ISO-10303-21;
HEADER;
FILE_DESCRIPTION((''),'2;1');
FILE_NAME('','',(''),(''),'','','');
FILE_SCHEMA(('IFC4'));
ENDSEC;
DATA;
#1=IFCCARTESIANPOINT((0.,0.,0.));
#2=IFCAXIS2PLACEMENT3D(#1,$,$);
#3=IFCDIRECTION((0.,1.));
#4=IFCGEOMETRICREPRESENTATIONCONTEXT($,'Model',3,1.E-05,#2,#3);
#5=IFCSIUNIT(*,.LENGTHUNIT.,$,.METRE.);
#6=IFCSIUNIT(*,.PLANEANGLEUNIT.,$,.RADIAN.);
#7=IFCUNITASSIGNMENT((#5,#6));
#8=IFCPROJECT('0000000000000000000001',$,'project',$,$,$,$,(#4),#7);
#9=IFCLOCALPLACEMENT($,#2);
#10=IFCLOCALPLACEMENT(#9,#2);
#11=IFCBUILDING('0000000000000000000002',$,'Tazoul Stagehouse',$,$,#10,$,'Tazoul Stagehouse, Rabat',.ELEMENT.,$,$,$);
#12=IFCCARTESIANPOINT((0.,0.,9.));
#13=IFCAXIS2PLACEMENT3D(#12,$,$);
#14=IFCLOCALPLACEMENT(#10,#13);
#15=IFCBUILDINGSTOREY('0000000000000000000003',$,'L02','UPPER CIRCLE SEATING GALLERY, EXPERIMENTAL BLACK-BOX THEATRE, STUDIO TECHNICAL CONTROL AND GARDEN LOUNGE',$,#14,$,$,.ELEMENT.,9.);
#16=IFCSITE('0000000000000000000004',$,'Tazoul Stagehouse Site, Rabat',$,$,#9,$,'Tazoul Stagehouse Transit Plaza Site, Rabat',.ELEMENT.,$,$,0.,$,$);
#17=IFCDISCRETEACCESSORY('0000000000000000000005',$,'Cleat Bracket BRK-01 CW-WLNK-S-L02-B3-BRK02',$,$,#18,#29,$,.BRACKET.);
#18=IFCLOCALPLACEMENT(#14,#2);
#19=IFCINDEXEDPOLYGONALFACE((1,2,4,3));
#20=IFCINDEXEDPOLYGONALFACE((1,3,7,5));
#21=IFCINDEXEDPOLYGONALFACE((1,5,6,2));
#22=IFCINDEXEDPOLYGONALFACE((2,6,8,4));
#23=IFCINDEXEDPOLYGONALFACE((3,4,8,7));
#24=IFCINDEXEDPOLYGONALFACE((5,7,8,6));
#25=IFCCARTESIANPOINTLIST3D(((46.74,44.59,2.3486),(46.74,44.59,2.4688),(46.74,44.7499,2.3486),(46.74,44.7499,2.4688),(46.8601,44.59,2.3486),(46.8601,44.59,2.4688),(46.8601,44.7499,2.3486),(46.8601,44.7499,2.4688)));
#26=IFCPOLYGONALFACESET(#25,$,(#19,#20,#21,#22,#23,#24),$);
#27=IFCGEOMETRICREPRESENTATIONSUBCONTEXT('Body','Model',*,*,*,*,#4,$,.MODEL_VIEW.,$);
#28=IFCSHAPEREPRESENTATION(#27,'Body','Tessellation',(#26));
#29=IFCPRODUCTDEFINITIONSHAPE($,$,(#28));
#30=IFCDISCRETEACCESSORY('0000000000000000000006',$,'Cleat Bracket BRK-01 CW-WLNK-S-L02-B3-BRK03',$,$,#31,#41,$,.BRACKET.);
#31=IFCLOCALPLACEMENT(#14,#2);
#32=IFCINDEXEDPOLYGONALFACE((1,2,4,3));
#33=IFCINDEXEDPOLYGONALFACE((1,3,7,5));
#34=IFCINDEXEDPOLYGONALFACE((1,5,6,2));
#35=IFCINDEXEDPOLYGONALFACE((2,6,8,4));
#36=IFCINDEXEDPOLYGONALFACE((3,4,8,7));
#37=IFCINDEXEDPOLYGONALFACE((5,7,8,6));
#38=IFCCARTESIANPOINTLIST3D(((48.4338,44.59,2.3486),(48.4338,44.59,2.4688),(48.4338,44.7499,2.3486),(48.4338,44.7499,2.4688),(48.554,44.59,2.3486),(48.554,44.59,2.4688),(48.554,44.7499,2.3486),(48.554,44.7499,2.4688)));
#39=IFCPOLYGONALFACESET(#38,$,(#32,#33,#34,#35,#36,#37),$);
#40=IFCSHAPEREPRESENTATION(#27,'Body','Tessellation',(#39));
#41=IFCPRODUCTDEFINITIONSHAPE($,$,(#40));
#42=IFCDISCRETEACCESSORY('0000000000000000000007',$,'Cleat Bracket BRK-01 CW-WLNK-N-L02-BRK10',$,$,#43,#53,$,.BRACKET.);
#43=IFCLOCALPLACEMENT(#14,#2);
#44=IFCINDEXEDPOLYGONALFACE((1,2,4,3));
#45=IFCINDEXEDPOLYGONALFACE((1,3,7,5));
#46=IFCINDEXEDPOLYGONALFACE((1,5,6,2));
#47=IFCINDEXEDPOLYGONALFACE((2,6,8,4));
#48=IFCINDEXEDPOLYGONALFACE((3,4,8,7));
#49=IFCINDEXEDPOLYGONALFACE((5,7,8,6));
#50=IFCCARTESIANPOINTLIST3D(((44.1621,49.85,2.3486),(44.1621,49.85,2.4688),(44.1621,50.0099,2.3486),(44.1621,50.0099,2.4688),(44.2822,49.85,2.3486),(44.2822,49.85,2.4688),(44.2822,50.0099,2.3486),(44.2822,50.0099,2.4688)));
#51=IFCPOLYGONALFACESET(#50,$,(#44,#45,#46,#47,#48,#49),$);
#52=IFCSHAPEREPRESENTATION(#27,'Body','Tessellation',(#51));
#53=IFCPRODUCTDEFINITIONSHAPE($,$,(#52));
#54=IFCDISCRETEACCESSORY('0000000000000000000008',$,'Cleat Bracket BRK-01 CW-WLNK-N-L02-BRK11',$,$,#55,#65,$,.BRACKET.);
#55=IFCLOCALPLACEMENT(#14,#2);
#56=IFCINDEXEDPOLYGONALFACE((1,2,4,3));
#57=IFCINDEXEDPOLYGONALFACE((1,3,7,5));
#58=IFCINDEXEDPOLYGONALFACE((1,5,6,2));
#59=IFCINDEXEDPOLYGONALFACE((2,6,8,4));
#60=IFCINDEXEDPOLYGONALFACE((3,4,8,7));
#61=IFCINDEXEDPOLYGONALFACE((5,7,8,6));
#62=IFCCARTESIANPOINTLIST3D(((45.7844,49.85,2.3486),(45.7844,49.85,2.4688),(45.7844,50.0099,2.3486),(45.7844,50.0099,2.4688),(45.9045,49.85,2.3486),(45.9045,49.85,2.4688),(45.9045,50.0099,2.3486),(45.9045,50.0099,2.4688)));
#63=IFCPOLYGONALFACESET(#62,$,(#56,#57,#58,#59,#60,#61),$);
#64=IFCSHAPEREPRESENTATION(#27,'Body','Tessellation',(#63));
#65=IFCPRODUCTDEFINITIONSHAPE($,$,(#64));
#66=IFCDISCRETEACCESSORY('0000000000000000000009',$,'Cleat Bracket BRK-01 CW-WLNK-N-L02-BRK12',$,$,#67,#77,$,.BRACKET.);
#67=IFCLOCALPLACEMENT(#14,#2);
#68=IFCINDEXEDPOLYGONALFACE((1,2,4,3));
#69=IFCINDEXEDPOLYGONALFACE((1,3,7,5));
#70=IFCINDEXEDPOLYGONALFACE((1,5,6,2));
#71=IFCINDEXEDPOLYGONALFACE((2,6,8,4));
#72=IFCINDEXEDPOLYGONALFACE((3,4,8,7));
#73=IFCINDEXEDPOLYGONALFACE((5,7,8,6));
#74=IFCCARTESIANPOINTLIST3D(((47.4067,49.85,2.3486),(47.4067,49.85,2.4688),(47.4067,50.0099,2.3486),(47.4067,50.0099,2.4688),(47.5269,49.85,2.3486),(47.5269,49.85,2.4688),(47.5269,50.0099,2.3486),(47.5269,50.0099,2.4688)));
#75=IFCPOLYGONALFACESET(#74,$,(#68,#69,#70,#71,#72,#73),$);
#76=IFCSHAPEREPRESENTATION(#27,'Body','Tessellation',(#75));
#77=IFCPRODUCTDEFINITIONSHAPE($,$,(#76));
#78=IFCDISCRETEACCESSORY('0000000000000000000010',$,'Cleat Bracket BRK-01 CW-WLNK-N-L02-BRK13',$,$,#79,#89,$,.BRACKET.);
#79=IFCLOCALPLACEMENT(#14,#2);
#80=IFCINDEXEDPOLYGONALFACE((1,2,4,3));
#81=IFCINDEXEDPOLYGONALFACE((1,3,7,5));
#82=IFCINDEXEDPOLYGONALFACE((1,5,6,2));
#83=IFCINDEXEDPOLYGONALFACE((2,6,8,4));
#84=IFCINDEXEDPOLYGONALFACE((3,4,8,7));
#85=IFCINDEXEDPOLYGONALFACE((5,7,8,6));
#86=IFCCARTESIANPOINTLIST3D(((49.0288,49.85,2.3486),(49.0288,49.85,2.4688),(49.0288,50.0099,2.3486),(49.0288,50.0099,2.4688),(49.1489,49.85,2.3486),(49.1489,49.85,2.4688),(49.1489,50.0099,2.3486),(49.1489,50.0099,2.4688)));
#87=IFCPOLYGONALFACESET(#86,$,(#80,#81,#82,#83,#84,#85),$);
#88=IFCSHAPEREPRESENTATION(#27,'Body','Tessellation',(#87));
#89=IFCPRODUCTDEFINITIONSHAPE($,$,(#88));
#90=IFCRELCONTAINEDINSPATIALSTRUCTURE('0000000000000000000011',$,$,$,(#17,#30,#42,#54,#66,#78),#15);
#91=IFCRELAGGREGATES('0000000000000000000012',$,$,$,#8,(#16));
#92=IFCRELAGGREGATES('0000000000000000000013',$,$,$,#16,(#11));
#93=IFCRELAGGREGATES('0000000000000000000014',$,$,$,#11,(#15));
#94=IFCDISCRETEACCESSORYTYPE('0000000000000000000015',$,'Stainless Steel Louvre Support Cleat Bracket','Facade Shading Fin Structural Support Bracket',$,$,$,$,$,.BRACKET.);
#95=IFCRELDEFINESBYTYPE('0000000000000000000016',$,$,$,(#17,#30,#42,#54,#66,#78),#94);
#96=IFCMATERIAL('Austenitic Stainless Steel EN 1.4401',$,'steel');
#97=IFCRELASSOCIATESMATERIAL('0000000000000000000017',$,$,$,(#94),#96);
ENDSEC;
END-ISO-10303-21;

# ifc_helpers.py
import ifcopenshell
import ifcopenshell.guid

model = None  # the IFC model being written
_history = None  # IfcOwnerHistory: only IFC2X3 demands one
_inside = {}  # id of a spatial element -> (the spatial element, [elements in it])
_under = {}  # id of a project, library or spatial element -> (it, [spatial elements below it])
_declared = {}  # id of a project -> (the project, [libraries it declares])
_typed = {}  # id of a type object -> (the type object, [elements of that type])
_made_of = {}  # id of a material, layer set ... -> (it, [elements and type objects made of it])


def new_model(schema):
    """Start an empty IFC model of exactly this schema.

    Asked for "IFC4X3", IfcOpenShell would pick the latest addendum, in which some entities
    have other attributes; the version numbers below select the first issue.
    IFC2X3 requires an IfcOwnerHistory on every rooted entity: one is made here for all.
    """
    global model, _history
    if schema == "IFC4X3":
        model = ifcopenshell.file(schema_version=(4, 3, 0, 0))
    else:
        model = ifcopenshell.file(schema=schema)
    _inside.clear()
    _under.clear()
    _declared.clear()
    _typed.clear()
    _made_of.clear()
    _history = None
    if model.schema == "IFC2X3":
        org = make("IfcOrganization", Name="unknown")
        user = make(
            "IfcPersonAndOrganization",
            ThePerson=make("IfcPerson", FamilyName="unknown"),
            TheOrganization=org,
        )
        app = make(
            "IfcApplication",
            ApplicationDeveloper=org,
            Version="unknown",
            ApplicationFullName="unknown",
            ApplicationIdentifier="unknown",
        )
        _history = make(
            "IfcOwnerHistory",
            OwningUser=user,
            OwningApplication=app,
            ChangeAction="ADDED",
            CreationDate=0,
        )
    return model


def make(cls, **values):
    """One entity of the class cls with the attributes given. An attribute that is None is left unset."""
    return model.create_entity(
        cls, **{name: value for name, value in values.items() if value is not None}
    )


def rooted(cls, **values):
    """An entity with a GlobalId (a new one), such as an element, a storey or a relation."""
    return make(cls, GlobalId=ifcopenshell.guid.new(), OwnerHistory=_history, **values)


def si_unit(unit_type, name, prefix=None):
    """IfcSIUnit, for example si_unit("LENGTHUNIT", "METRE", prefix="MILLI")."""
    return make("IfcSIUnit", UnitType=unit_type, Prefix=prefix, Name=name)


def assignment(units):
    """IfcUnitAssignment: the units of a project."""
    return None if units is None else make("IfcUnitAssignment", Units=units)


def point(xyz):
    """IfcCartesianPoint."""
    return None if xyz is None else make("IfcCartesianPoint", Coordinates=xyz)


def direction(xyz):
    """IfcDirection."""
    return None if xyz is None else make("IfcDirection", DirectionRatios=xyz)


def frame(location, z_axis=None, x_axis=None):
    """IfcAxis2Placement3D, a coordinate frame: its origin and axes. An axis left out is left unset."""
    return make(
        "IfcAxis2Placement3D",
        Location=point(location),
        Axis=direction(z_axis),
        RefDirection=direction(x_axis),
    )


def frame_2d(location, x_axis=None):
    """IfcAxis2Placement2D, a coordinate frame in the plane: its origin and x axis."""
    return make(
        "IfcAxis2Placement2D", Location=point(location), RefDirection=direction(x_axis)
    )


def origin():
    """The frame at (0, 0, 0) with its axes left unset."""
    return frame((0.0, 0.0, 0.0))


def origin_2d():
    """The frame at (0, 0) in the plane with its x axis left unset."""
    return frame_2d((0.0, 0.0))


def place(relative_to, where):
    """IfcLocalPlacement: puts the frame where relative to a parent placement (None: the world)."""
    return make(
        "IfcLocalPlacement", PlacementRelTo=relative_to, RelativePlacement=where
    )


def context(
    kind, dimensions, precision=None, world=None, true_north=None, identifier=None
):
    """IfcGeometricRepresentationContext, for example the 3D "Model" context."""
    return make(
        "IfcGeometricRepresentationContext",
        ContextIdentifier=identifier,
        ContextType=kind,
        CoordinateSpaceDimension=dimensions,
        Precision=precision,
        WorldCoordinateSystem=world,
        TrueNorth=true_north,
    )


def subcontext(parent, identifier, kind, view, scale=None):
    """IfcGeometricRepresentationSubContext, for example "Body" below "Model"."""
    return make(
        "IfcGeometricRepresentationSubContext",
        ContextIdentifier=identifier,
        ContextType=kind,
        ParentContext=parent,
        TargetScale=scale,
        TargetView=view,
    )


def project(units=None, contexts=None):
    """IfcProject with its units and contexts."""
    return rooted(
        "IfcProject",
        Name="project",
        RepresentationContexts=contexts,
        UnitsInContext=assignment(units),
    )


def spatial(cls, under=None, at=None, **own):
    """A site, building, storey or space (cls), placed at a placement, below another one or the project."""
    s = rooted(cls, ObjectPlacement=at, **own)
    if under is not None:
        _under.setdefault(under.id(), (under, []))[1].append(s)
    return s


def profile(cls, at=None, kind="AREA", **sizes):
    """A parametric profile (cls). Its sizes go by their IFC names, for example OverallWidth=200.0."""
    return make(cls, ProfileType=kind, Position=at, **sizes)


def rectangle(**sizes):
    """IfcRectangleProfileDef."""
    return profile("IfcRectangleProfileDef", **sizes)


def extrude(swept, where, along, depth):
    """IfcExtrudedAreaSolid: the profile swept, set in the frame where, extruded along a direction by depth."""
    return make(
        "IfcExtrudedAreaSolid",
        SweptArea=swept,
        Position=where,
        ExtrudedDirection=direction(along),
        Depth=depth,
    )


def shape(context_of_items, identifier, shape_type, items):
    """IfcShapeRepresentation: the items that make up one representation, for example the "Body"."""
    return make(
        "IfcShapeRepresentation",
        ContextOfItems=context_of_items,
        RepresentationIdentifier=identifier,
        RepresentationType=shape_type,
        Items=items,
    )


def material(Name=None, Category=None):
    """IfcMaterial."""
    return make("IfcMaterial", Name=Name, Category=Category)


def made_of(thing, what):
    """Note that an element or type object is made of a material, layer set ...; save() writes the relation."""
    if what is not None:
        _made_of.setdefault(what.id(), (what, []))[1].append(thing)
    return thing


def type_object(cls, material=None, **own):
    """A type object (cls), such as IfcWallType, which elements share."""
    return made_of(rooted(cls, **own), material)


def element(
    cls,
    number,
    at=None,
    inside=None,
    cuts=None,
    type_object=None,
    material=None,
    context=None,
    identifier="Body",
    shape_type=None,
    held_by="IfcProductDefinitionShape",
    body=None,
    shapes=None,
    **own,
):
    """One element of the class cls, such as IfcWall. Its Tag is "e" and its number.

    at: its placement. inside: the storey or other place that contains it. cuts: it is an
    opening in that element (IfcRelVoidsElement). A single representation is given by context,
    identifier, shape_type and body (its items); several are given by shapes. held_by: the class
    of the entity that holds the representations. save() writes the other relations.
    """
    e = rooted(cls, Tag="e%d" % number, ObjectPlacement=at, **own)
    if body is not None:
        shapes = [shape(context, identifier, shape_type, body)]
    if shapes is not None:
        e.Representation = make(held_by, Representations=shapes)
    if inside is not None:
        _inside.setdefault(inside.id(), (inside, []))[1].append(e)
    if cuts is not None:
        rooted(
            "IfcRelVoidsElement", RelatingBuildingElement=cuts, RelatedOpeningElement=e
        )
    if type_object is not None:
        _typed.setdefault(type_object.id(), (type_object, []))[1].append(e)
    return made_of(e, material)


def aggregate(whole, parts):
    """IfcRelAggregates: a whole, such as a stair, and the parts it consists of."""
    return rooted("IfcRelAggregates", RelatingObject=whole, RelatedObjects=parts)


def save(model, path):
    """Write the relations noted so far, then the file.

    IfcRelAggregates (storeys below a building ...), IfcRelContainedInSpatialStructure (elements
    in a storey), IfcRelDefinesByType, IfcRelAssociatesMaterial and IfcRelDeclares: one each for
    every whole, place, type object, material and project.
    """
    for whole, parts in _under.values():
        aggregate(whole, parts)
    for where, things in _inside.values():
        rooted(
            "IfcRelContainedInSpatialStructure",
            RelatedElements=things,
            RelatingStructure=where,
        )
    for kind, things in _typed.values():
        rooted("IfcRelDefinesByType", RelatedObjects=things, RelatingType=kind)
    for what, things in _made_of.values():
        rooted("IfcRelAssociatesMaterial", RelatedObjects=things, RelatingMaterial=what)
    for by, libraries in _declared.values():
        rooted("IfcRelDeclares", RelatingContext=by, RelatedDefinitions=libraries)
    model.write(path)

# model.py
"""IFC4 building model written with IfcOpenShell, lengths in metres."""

from ifc_helpers import new_model, si_unit, direction, frame, origin, origin_2d, place, context, subcontext, project, spatial, rectangle, extrude, material, type_object, element, save


model = new_model("IFC4")

# Units and contexts
model_context = context("Model", 3, precision=1e-05, world=origin(), true_north=direction((0.0, 1.0)))
body_context = subcontext(model_context, "Body", "Model", "MODEL_VIEW")
ifc_project = project(units=[si_unit("LENGTHUNIT", "METRE"), si_unit("PLANEANGLEUNIT", "RADIAN")], contexts=[model_context])

# Site, building, storey
site_placement = place(None, origin())
site = spatial("IfcSite", under=ifc_project, at=site_placement, Name="Tazoul Stagehouse Site, Rabat", LongName="Tazoul Stagehouse Transit Plaza Site, Rabat", CompositionType="ELEMENT", RefElevation=0.0)
building_placement = place(site_placement, origin())
building = spatial("IfcBuilding", under=site, at=building_placement, Name="Tazoul Stagehouse", LongName="Tazoul Stagehouse, Rabat", CompositionType="ELEMENT")
storey_placement = place(building_placement, frame((0.0, 0.0, 9.0)))
storey = spatial("IfcBuildingStorey", under=building, at=storey_placement, Name="L02", Description="UPPER CIRCLE SEATING GALLERY, EXPERIMENTAL BLACK-BOX THEATRE, STUDIO TECHNICAL CONTROL AND GARDEN LOUNGE", CompositionType="ELEMENT", Elevation=9.0)

# Discrete accessories
ifc_material_1 = material(Name="Austenitic Stainless Steel EN 1.4401", Category="steel")
discrete_accessory_type = type_object("IfcDiscreteAccessoryType", Name="Stainless Steel Louvre Support Cleat Bracket", Description="Facade Shading Fin Structural Support Bracket", PredefinedType="BRACKET", material=ifc_material_1)
for number, where, z_axis, x_axis, name in (
    (1, (46.8, 44.6699, 2.3486), (0.0, 0.0, 1.0), (1.0, 0.0, 0.0), "Cleat Bracket BRK-01 CW-WLNK-S-L02-B3-BRK02"),
    (2, (48.4939, 44.6699, 2.3486), (0.0, 0.0, 1.0), (1.0, 0.0, 0.0), "Cleat Bracket BRK-01 CW-WLNK-S-L02-B3-BRK03"),
    (3, (44.2222, 49.9299, 2.3486), (0.0, 0.0, 1.0), (1.0, 0.0, 0.0), "Cleat Bracket BRK-01 CW-WLNK-N-L02-BRK10"),
    (4, (45.8445, 49.9299, 2.3486), (0.0, 0.0, 1.0), (1.0, 0.0, 0.0), "Cleat Bracket BRK-01 CW-WLNK-N-L02-BRK11"),
    (5, (47.4668, 49.9299, 2.3486), (0.0, 0.0, 1.0), (1.0, 0.0, 0.0), "Cleat Bracket BRK-01 CW-WLNK-N-L02-BRK12"),
    (6, (49.0889, 49.9299, 2.3486), (0.0, 0.0, 1.0), (1.0, 0.0, 0.0), "Cleat Bracket BRK-01 CW-WLNK-N-L02-BRK13"),
):
    element("IfcDiscreteAccessory", number, at=place(storey_placement, frame(where, z_axis=z_axis, x_axis=x_axis)), inside=storey, type_object=discrete_accessory_type, Name=name, PredefinedType="BRACKET", context=body_context, shape_type="SweptSolid", body=[
        extrude(rectangle(XDim=0.1201, YDim=0.1599, at=origin_2d()), origin(), (0.0, 0.0, 1.0), 0.1201),
    ])

save(model, "model.ifc")
